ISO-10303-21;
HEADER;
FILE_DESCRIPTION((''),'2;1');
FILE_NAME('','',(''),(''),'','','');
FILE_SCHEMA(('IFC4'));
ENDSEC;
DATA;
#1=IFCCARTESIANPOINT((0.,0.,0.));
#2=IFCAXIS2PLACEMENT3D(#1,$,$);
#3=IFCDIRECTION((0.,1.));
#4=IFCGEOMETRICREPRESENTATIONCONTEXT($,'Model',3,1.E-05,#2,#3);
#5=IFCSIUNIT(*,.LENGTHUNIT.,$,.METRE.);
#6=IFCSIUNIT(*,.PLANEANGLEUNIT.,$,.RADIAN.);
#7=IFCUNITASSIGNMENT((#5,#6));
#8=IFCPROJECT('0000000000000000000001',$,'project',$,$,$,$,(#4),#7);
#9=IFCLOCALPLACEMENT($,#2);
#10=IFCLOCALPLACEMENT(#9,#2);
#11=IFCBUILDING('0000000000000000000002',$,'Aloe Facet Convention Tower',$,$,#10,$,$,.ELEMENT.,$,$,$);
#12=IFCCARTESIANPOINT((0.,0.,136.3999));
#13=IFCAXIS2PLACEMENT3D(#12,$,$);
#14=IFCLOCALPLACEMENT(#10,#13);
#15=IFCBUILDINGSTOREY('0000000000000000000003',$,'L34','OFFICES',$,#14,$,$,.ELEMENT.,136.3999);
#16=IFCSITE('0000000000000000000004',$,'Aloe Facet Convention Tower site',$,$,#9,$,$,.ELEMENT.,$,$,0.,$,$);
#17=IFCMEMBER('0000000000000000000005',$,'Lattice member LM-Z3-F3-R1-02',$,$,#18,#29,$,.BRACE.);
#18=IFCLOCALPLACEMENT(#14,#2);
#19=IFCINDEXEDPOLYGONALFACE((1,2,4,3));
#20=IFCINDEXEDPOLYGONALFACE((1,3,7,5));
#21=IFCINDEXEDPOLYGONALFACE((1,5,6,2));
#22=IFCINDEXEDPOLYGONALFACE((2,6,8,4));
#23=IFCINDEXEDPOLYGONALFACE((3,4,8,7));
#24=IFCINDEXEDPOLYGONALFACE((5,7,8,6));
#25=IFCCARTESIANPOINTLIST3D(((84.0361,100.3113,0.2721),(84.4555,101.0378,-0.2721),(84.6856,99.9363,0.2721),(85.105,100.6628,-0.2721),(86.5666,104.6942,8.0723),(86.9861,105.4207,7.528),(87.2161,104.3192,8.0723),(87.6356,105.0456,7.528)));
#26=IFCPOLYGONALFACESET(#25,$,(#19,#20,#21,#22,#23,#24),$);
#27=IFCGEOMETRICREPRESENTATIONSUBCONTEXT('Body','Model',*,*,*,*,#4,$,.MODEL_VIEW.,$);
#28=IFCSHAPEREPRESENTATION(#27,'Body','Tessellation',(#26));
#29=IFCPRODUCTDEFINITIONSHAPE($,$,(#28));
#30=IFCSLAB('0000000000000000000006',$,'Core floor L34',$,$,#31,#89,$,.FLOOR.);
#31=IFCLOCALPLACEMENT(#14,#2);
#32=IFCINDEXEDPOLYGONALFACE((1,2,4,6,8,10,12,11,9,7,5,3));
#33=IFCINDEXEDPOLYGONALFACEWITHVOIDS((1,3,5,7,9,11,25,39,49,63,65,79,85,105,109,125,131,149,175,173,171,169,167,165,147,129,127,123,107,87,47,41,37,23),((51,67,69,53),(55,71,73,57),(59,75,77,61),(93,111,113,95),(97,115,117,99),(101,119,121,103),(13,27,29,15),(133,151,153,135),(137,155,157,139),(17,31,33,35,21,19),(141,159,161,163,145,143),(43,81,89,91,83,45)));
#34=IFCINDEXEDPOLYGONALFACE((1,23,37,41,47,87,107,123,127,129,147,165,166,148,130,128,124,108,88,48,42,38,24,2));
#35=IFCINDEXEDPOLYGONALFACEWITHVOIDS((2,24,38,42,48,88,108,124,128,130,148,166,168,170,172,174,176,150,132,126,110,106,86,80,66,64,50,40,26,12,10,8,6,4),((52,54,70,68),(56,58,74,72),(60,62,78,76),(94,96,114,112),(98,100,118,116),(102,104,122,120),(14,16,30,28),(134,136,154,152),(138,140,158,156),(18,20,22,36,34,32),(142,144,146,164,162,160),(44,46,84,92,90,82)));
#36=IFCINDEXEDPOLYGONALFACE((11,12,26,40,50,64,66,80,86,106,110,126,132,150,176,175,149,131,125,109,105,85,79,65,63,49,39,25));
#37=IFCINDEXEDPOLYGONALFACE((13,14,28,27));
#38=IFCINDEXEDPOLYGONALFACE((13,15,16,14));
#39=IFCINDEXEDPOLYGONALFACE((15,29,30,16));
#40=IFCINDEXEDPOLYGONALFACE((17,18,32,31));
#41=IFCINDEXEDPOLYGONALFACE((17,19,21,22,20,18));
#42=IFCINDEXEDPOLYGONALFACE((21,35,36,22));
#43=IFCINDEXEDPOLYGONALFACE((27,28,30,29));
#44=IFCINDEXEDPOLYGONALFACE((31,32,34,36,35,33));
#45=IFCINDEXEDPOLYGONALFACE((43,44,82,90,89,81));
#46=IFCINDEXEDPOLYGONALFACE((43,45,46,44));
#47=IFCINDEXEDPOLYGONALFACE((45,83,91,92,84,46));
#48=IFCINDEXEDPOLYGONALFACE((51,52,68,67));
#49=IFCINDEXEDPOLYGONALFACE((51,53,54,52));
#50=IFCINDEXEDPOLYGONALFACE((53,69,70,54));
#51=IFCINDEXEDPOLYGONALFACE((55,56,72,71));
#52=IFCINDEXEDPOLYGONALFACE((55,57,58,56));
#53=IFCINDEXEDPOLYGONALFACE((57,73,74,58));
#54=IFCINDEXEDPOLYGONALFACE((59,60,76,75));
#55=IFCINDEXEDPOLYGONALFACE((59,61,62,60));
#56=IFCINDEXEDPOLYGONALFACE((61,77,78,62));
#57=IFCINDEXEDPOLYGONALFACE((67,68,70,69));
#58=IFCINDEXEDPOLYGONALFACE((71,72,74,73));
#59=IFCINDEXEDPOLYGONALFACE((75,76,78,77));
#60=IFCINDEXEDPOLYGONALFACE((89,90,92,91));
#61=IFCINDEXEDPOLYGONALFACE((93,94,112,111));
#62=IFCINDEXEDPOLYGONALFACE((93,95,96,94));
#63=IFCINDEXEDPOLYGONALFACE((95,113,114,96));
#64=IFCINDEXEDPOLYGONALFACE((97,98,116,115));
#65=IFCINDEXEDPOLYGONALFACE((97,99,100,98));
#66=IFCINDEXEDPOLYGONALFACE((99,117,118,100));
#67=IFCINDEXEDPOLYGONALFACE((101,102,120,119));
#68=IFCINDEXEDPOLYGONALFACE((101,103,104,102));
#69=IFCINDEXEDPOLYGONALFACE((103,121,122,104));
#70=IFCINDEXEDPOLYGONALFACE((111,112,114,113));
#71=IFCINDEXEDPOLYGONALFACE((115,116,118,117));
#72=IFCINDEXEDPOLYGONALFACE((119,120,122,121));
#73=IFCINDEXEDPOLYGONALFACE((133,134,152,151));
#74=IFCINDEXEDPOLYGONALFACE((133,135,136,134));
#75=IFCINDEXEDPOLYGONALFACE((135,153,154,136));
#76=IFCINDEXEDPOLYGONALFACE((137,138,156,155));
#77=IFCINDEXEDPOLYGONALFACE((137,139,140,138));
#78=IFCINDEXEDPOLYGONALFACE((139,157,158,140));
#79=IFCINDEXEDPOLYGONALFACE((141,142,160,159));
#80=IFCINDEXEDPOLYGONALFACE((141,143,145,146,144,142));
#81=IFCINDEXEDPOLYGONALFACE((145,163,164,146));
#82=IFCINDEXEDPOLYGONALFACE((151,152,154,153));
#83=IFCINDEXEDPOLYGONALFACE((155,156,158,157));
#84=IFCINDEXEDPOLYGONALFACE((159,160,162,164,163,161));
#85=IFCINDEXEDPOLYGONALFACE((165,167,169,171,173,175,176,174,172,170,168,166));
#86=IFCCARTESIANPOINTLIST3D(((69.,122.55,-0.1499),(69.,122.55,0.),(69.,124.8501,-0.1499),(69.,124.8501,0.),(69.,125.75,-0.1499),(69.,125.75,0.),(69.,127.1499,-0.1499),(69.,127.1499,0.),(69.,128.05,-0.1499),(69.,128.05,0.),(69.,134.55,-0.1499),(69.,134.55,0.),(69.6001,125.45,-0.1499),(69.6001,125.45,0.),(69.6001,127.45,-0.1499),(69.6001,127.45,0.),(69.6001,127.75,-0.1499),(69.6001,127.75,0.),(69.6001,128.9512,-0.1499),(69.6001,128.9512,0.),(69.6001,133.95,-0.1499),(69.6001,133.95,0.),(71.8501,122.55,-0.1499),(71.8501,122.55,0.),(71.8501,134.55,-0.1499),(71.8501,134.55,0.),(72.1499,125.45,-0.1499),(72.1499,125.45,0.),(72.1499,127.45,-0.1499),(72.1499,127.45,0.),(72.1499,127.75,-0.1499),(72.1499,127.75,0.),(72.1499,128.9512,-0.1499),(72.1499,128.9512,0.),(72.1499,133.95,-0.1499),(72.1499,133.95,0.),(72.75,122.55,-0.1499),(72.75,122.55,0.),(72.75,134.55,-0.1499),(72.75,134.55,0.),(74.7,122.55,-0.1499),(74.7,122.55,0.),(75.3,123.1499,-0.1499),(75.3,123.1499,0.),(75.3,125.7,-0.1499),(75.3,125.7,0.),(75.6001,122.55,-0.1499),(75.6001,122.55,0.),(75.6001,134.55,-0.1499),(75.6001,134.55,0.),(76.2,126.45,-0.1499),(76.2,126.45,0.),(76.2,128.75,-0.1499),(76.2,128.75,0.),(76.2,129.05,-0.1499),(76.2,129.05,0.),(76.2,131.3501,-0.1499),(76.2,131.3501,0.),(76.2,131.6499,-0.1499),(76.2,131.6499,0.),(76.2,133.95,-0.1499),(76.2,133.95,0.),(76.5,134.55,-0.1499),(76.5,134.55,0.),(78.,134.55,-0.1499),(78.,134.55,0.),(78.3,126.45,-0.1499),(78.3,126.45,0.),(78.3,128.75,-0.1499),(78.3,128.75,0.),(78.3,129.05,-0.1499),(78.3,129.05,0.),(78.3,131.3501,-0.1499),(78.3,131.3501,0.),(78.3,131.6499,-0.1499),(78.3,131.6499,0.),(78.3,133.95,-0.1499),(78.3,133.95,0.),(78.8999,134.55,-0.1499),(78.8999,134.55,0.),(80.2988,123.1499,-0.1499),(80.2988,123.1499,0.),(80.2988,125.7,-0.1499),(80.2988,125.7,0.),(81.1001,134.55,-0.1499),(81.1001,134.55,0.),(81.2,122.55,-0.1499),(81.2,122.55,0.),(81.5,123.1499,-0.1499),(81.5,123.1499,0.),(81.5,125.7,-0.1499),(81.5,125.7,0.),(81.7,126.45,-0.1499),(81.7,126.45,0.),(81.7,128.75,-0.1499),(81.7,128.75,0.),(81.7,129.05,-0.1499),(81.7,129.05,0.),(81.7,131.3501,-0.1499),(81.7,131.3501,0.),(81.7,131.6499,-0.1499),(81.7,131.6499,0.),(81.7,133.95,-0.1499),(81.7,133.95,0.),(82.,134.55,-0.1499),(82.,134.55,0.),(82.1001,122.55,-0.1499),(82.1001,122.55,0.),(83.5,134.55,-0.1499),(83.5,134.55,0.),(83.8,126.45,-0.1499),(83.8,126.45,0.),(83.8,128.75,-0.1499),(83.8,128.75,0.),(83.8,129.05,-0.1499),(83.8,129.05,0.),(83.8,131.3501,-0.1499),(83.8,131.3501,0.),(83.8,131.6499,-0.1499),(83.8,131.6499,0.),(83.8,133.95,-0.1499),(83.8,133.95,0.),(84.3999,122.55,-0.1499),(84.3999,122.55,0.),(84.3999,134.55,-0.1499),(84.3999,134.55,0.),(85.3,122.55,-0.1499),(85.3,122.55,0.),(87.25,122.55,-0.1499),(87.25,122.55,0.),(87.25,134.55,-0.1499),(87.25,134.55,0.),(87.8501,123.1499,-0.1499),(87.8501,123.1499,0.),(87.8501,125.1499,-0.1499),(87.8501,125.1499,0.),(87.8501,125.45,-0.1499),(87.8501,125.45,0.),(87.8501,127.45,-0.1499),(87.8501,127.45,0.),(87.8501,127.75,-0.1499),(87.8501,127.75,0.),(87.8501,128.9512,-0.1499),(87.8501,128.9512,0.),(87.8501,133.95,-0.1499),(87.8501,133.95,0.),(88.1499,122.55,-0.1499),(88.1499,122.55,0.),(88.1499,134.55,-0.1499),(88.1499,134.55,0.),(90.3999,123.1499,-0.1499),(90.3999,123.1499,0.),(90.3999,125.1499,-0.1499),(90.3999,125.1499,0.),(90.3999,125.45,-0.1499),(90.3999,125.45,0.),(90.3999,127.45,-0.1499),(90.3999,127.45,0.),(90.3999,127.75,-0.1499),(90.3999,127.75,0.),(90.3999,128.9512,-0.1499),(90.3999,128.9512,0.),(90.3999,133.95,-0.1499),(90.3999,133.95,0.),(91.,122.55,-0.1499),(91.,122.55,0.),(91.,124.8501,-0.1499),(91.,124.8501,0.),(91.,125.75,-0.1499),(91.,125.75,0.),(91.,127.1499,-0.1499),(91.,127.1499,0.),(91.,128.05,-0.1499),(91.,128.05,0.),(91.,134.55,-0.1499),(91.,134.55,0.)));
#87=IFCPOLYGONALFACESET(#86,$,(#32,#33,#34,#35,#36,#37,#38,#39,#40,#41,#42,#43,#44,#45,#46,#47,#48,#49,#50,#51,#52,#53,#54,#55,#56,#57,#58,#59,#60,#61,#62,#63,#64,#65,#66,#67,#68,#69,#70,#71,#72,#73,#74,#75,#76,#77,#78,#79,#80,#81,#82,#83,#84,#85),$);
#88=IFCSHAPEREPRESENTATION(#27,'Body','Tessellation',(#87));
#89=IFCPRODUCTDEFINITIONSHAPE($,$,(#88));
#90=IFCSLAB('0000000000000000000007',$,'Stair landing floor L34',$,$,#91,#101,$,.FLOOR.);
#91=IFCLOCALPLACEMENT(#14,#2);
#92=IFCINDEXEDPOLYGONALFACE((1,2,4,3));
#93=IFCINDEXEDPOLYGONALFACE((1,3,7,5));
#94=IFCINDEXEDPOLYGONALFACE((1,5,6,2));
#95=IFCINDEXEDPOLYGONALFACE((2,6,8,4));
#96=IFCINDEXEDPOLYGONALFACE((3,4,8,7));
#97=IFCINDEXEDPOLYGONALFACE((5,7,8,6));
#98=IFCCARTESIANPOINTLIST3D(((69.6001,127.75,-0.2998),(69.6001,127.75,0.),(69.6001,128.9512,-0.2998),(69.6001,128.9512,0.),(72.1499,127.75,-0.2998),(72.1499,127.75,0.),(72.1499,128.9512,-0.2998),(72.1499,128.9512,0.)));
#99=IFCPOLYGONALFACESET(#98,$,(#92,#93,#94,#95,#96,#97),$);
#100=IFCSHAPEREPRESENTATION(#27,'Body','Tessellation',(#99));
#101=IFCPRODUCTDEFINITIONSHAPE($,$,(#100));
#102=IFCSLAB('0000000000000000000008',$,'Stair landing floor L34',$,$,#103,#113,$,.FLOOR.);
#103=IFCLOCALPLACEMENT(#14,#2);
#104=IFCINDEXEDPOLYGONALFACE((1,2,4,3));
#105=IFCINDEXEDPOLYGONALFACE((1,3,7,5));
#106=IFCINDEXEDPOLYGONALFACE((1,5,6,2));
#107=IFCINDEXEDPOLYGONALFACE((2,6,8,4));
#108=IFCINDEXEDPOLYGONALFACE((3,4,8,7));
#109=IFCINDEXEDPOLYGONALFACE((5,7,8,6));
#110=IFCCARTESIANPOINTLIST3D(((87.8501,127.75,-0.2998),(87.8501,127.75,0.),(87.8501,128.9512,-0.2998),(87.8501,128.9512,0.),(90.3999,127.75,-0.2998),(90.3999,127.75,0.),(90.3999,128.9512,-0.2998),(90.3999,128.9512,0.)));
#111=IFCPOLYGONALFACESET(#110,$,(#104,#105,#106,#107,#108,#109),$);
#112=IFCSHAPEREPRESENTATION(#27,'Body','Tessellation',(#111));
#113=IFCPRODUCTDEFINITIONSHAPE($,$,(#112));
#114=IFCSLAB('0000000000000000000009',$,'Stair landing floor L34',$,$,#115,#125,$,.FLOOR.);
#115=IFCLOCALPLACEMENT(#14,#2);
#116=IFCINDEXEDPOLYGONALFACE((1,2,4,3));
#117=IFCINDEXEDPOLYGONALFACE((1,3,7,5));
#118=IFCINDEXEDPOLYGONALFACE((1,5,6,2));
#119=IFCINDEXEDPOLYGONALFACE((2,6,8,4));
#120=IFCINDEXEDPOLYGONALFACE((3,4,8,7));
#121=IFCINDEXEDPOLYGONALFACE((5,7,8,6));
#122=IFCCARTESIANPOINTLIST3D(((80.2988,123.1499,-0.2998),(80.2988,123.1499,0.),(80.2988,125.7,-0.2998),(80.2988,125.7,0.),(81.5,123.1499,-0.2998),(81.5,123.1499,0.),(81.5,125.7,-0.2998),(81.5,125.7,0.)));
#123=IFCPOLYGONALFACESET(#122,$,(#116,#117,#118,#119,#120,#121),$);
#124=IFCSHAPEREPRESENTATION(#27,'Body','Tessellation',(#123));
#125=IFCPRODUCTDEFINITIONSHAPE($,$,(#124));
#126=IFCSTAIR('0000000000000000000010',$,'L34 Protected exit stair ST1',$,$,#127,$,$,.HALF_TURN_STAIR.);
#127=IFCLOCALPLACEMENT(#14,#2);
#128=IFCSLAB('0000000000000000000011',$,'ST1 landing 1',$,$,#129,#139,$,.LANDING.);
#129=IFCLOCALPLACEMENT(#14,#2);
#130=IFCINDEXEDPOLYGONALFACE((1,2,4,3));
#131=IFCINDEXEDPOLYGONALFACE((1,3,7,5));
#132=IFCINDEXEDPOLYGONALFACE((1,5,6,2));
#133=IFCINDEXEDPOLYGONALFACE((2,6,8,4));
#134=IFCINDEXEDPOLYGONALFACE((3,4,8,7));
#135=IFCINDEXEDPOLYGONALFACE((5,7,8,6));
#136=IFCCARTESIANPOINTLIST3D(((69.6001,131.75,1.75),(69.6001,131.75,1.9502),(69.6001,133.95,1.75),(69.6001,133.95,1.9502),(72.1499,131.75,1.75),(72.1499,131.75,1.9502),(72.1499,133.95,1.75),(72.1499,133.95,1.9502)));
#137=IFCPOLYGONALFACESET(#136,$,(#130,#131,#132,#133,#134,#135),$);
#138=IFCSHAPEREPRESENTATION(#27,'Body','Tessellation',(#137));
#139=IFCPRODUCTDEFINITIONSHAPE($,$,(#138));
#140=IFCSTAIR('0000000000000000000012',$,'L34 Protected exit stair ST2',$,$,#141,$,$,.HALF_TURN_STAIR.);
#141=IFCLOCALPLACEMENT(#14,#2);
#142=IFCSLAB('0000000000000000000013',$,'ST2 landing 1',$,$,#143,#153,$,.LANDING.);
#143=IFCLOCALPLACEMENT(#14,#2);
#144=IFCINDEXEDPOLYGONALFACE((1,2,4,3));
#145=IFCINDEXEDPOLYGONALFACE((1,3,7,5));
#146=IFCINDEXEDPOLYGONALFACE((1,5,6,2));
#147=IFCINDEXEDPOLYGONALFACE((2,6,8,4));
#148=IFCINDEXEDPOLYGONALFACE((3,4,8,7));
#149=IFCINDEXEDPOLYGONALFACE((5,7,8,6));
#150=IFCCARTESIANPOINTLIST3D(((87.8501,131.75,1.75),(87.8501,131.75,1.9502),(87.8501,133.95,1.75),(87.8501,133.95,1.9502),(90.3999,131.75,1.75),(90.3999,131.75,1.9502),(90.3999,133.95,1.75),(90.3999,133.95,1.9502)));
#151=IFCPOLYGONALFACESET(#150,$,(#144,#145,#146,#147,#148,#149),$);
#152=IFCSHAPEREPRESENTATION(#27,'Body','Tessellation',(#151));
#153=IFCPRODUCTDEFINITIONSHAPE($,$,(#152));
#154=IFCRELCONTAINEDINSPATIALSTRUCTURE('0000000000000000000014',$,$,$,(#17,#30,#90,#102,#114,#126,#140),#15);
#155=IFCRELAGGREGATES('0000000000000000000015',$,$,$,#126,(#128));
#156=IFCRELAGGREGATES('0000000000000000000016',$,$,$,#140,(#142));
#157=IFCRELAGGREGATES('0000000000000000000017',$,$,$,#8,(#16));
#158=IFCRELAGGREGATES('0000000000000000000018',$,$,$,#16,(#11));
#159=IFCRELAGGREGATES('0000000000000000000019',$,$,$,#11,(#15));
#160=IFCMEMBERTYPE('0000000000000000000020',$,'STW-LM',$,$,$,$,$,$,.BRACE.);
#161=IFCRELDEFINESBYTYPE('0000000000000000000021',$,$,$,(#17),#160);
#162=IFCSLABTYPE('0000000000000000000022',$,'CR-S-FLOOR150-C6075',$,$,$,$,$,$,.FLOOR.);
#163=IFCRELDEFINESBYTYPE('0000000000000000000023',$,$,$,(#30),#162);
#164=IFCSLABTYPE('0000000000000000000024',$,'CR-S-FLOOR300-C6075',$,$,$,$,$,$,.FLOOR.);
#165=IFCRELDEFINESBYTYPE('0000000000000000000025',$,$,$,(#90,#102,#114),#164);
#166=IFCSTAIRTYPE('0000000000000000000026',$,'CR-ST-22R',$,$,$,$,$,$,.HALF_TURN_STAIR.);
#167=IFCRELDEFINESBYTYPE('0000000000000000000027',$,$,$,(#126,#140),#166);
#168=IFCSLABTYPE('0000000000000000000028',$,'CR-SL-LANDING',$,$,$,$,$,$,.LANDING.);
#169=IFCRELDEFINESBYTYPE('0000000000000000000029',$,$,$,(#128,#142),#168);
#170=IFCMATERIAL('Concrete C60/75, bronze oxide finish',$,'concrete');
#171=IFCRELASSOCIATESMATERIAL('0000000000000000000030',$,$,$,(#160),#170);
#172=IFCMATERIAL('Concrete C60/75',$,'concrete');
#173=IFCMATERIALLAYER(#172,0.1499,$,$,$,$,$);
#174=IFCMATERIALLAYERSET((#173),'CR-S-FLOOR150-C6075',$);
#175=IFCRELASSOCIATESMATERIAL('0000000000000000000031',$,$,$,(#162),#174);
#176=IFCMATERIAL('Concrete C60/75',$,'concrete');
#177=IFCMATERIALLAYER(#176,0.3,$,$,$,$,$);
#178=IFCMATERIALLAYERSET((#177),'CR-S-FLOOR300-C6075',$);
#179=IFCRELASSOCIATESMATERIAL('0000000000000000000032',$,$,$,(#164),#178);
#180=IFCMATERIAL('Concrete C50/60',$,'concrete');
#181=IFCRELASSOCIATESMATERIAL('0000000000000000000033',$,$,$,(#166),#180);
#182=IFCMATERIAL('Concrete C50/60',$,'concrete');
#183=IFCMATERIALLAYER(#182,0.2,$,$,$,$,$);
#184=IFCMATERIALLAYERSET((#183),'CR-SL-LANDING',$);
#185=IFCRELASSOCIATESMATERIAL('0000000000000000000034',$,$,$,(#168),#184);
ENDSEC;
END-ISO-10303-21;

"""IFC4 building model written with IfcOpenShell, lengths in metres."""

from ifc_helpers import new_model, si_unit, direction, frame, origin, origin_2d, place, context, subcontext, project, spatial, polyline, rectangle, outline, extrude, material, layer, layer_set, material_profile, profile_set, type_object, element, aggregate, save


model = new_model("IFC4")

# Units and contexts
model_context = context("Model", 3, precision=1e-05, world=origin(), true_north=direction((0.0, 1.0)))
body_context = subcontext(model_context, "Body", "Model", "MODEL_VIEW")
ifc_project = project(units=[si_unit("LENGTHUNIT", "METRE"), si_unit("PLANEANGLEUNIT", "RADIAN")], contexts=[model_context])

# Site, building, storey
site_placement = place(None, origin())
site = spatial("IfcSite", under=ifc_project, at=site_placement, Name="Aloe Facet Convention Tower site", CompositionType="ELEMENT", RefElevation=0.0)
building_placement = place(site_placement, origin())
building = spatial("IfcBuilding", under=site, at=building_placement, Name="Aloe Facet Convention Tower", CompositionType="ELEMENT")
storey_placement = place(building_placement, frame((0.0, 0.0, 136.3999)))
storey = spatial("IfcBuildingStorey", under=building, at=storey_placement, Name="L34", Description="OFFICES", CompositionType="ELEMENT", Elevation=136.3999)

# Member
ifc_material_1 = material(Name="Concrete C60/75, bronze oxide finish", Category="concrete")
ifc_material_profile_1 = material_profile(ifc_material_1, rectangle(XDim=0.75, YDim=1.0, at=origin_2d()), Name="STW-LM")
ifc_profile_set_1 = profile_set([ifc_material_profile_1], Name="Concrete C60/75, bronze oxide finish")
member_type = type_object("IfcMemberType", Name="STW-LM", PredefinedType="BRACE", material=ifc_profile_set_1)
member_1_placement = place(storey_placement, frame((84.5706, 100.4871, 0.0), z_axis=(0.272156, 0.47137, 0.838893), x_axis=(-0.866017, 0.500015, 0.0)))
element("IfcMember", 1, at=member_1_placement, inside=storey, type_object=member_type, Name="Lattice member LM-Z3-F3-R1-02", PredefinedType="BRACE", context=body_context, shape_type="SweptSolid", body=[
    extrude(rectangle(XDim=0.75, YDim=1.0, at=origin_2d()), origin(), (0.0, 0.0, 1.0), 9.2981),
])

# Slabs
ifc_material_2 = material(Name="Concrete C60/75", Category="concrete")
ifc_layer_1 = layer(ifc_material_2, 0.1499)
ifc_layer_set_1 = layer_set([ifc_layer_1], Name="CR-S-FLOOR150-C6075")
slab_type_1 = type_object("IfcSlabType", Name="CR-S-FLOOR150-C6075", PredefinedType="FLOOR", material=ifc_layer_set_1)
slab_1_placement = place(storey_placement, frame((0.0, 0.0, -0.1499)))
element("IfcSlab", 2, at=slab_1_placement, inside=storey, type_object=slab_type_1, Name="Core floor L34", PredefinedType="FLOOR", context=body_context, shape_type="SweptSolid", body=[
    extrude(outline(polyline([(71.8501, 134.55), (72.75, 134.55), (75.6001, 134.55), (76.5, 134.55), (78.0, 134.55), (78.8999, 134.55), (81.1001, 134.55), (82.0, 134.55), (83.5, 134.55), (84.3999, 134.55), (87.25, 134.55), (88.1499, 134.55), (91.0, 134.55), (91.0, 128.05), (91.0, 127.1499), (91.0, 125.75), (91.0, 124.8501), (91.0, 122.55), (88.1499, 122.55), (87.25, 122.55), (85.3, 122.55), (84.3999, 122.55), (82.1001, 122.55), (81.2, 122.55), (75.6001, 122.55), (74.7, 122.55), (72.75, 122.55), (71.8501, 122.55), (69.0, 122.55), (69.0, 124.8501), (69.0, 125.75), (69.0, 127.1499), (69.0, 128.05), (69.0, 134.55), (71.8501, 134.55)]), holes=[polyline([(80.2988, 123.1499), (81.5, 123.1499), (81.5, 125.7), (80.2988, 125.7), (75.3, 125.7), (75.3, 123.1499), (80.2988, 123.1499)]), polyline([(69.6001, 125.45), (72.1499, 125.45), (72.1499, 127.45), (69.6001, 127.45), (69.6001, 125.45)]), polyline([(76.2, 126.45), (78.3, 126.45), (78.3, 128.75), (76.2, 128.75), (76.2, 126.45)]), polyline([(78.3, 129.05), (78.3, 131.3501), (76.2, 131.3501), (76.2, 129.05), (78.3, 129.05)]), polyline([(69.6001, 133.95), (69.6001, 128.9512), (69.6001, 127.75), (72.1499, 127.75), (72.1499, 128.9512), (72.1499, 133.95), (69.6001, 133.95)]), polyline([(76.2, 131.6499), (78.3, 131.6499), (78.3, 133.95), (76.2, 133.95), (76.2, 131.6499)]), polyline([(90.3999, 123.1499), (90.3999, 125.1499), (87.8501, 125.1499), (87.8501, 123.1499), (90.3999, 123.1499)]), polyline([(87.8501, 125.45), (90.3999, 125.45), (90.3999, 127.45), (87.8501, 127.45), (87.8501, 125.45)]), polyline([(81.7, 126.45), (83.8, 126.45), (83.8, 128.75), (81.7, 128.75), (81.7, 126.45)]), polyline([(83.8, 129.05), (83.8, 131.3501), (81.7, 131.3501), (81.7, 129.05), (83.8, 129.05)]), polyline([(87.8501, 133.95), (87.8501, 128.9512), (87.8501, 127.75), (90.3999, 127.75), (90.3999, 128.9512), (90.3999, 133.95), (87.8501, 133.95)]), polyline([(81.7, 131.6499), (83.8, 131.6499), (83.8, 133.95), (81.7, 133.95), (81.7, 131.6499)])]), origin(), (0.0, 0.0, 1.0), 0.1499),
])
ifc_material_3 = material(Name="Concrete C60/75", Category="concrete")
ifc_layer_2 = layer(ifc_material_3, 0.3)
ifc_layer_set_2 = layer_set([ifc_layer_2], Name="CR-S-FLOOR300-C6075")
slab_type_2 = type_object("IfcSlabType", Name="CR-S-FLOOR300-C6075", PredefinedType="FLOOR", material=ifc_layer_set_2)
slab_2_placement = place(storey_placement, frame((0.0, 0.0, -0.2998)))
element("IfcSlab", 3, at=slab_2_placement, inside=storey, type_object=slab_type_2, Name="Stair landing floor L34", PredefinedType="FLOOR", context=body_context, shape_type="SweptSolid", body=[
    extrude(outline(polyline([(72.1499, 127.75), (72.1499, 128.9512), (69.6001, 128.9512), (69.6001, 127.75), (72.1499, 127.75)])), origin(), (0.0, 0.0, 1.0), 0.2998),
])
slab_3_placement = place(storey_placement, frame((0.0, 0.0, -0.2998)))
element("IfcSlab", 4, at=slab_3_placement, inside=storey, type_object=slab_type_2, Name="Stair landing floor L34", PredefinedType="FLOOR", context=body_context, shape_type="SweptSolid", body=[
    extrude(outline(polyline([(90.3999, 127.75), (90.3999, 128.9512), (87.8501, 128.9512), (87.8501, 127.75), (90.3999, 127.75)])), origin(), (0.0, 0.0, 1.0), 0.2998),
])
slab_4_placement = place(storey_placement, frame((0.0, 0.0, -0.2998)))
element("IfcSlab", 5, at=slab_4_placement, inside=storey, type_object=slab_type_2, Name="Stair landing floor L34", PredefinedType="FLOOR", context=body_context, shape_type="SweptSolid", body=[
    extrude(outline(polyline([(81.5, 125.7), (80.2988, 125.7), (80.2988, 123.1499), (81.5, 123.1499), (81.5, 125.7)])), origin(), (0.0, 0.0, 1.0), 0.2998),
])

# Stairs, slabs
ifc_material_4 = material(Name="Concrete C50/60", Category="concrete")
stair_type = type_object("IfcStairType", Name="CR-ST-22R", PredefinedType="HALF_TURN_STAIR", material=ifc_material_4)
stair_1_placement = place(storey_placement, origin())
stair_1 = element("IfcStair", 6, at=stair_1_placement, inside=storey, type_object=stair_type, Name="L34 Protected exit stair ST1", PredefinedType="HALF_TURN_STAIR")
ifc_material_5 = material(Name="Concrete C50/60", Category="concrete")
ifc_layer_3 = layer(ifc_material_5, 0.2)
ifc_layer_set_3 = layer_set([ifc_layer_3], Name="CR-SL-LANDING")
slab_type_3 = type_object("IfcSlabType", Name="CR-SL-LANDING", PredefinedType="LANDING", material=ifc_layer_set_3)
slab_5_placement = place(storey_placement, frame((0.0, 0.0, 1.75)))
slab_5 = element("IfcSlab", 7, at=slab_5_placement, type_object=slab_type_3, Name="ST1 landing 1", PredefinedType="LANDING", context=body_context, shape_type="SweptSolid", body=[
    extrude(outline(polyline([(72.1499, 131.75), (72.1499, 133.95), (69.6001, 133.95), (69.6001, 131.75), (72.1499, 131.75)])), origin(), (0.0, 0.0, 1.0), 0.2002),
])
aggregate(stair_1, [slab_5])
stair_2_placement = place(storey_placement, origin())
stair_2 = element("IfcStair", 8, at=stair_2_placement, inside=storey, type_object=stair_type, Name="L34 Protected exit stair ST2", PredefinedType="HALF_TURN_STAIR")
slab_6_placement = place(storey_placement, frame((0.0, 0.0, 1.75)))
slab_6 = element("IfcSlab", 9, at=slab_6_placement, type_object=slab_type_3, Name="ST2 landing 1", PredefinedType="LANDING", context=body_context, shape_type="SweptSolid", body=[
    extrude(outline(polyline([(90.3999, 131.75), (90.3999, 133.95), (87.8501, 133.95), (87.8501, 131.75), (90.3999, 131.75)])), origin(), (0.0, 0.0, 1.0), 0.2002),
])
aggregate(stair_2, [slab_6])

save(model, "model.ifc")
